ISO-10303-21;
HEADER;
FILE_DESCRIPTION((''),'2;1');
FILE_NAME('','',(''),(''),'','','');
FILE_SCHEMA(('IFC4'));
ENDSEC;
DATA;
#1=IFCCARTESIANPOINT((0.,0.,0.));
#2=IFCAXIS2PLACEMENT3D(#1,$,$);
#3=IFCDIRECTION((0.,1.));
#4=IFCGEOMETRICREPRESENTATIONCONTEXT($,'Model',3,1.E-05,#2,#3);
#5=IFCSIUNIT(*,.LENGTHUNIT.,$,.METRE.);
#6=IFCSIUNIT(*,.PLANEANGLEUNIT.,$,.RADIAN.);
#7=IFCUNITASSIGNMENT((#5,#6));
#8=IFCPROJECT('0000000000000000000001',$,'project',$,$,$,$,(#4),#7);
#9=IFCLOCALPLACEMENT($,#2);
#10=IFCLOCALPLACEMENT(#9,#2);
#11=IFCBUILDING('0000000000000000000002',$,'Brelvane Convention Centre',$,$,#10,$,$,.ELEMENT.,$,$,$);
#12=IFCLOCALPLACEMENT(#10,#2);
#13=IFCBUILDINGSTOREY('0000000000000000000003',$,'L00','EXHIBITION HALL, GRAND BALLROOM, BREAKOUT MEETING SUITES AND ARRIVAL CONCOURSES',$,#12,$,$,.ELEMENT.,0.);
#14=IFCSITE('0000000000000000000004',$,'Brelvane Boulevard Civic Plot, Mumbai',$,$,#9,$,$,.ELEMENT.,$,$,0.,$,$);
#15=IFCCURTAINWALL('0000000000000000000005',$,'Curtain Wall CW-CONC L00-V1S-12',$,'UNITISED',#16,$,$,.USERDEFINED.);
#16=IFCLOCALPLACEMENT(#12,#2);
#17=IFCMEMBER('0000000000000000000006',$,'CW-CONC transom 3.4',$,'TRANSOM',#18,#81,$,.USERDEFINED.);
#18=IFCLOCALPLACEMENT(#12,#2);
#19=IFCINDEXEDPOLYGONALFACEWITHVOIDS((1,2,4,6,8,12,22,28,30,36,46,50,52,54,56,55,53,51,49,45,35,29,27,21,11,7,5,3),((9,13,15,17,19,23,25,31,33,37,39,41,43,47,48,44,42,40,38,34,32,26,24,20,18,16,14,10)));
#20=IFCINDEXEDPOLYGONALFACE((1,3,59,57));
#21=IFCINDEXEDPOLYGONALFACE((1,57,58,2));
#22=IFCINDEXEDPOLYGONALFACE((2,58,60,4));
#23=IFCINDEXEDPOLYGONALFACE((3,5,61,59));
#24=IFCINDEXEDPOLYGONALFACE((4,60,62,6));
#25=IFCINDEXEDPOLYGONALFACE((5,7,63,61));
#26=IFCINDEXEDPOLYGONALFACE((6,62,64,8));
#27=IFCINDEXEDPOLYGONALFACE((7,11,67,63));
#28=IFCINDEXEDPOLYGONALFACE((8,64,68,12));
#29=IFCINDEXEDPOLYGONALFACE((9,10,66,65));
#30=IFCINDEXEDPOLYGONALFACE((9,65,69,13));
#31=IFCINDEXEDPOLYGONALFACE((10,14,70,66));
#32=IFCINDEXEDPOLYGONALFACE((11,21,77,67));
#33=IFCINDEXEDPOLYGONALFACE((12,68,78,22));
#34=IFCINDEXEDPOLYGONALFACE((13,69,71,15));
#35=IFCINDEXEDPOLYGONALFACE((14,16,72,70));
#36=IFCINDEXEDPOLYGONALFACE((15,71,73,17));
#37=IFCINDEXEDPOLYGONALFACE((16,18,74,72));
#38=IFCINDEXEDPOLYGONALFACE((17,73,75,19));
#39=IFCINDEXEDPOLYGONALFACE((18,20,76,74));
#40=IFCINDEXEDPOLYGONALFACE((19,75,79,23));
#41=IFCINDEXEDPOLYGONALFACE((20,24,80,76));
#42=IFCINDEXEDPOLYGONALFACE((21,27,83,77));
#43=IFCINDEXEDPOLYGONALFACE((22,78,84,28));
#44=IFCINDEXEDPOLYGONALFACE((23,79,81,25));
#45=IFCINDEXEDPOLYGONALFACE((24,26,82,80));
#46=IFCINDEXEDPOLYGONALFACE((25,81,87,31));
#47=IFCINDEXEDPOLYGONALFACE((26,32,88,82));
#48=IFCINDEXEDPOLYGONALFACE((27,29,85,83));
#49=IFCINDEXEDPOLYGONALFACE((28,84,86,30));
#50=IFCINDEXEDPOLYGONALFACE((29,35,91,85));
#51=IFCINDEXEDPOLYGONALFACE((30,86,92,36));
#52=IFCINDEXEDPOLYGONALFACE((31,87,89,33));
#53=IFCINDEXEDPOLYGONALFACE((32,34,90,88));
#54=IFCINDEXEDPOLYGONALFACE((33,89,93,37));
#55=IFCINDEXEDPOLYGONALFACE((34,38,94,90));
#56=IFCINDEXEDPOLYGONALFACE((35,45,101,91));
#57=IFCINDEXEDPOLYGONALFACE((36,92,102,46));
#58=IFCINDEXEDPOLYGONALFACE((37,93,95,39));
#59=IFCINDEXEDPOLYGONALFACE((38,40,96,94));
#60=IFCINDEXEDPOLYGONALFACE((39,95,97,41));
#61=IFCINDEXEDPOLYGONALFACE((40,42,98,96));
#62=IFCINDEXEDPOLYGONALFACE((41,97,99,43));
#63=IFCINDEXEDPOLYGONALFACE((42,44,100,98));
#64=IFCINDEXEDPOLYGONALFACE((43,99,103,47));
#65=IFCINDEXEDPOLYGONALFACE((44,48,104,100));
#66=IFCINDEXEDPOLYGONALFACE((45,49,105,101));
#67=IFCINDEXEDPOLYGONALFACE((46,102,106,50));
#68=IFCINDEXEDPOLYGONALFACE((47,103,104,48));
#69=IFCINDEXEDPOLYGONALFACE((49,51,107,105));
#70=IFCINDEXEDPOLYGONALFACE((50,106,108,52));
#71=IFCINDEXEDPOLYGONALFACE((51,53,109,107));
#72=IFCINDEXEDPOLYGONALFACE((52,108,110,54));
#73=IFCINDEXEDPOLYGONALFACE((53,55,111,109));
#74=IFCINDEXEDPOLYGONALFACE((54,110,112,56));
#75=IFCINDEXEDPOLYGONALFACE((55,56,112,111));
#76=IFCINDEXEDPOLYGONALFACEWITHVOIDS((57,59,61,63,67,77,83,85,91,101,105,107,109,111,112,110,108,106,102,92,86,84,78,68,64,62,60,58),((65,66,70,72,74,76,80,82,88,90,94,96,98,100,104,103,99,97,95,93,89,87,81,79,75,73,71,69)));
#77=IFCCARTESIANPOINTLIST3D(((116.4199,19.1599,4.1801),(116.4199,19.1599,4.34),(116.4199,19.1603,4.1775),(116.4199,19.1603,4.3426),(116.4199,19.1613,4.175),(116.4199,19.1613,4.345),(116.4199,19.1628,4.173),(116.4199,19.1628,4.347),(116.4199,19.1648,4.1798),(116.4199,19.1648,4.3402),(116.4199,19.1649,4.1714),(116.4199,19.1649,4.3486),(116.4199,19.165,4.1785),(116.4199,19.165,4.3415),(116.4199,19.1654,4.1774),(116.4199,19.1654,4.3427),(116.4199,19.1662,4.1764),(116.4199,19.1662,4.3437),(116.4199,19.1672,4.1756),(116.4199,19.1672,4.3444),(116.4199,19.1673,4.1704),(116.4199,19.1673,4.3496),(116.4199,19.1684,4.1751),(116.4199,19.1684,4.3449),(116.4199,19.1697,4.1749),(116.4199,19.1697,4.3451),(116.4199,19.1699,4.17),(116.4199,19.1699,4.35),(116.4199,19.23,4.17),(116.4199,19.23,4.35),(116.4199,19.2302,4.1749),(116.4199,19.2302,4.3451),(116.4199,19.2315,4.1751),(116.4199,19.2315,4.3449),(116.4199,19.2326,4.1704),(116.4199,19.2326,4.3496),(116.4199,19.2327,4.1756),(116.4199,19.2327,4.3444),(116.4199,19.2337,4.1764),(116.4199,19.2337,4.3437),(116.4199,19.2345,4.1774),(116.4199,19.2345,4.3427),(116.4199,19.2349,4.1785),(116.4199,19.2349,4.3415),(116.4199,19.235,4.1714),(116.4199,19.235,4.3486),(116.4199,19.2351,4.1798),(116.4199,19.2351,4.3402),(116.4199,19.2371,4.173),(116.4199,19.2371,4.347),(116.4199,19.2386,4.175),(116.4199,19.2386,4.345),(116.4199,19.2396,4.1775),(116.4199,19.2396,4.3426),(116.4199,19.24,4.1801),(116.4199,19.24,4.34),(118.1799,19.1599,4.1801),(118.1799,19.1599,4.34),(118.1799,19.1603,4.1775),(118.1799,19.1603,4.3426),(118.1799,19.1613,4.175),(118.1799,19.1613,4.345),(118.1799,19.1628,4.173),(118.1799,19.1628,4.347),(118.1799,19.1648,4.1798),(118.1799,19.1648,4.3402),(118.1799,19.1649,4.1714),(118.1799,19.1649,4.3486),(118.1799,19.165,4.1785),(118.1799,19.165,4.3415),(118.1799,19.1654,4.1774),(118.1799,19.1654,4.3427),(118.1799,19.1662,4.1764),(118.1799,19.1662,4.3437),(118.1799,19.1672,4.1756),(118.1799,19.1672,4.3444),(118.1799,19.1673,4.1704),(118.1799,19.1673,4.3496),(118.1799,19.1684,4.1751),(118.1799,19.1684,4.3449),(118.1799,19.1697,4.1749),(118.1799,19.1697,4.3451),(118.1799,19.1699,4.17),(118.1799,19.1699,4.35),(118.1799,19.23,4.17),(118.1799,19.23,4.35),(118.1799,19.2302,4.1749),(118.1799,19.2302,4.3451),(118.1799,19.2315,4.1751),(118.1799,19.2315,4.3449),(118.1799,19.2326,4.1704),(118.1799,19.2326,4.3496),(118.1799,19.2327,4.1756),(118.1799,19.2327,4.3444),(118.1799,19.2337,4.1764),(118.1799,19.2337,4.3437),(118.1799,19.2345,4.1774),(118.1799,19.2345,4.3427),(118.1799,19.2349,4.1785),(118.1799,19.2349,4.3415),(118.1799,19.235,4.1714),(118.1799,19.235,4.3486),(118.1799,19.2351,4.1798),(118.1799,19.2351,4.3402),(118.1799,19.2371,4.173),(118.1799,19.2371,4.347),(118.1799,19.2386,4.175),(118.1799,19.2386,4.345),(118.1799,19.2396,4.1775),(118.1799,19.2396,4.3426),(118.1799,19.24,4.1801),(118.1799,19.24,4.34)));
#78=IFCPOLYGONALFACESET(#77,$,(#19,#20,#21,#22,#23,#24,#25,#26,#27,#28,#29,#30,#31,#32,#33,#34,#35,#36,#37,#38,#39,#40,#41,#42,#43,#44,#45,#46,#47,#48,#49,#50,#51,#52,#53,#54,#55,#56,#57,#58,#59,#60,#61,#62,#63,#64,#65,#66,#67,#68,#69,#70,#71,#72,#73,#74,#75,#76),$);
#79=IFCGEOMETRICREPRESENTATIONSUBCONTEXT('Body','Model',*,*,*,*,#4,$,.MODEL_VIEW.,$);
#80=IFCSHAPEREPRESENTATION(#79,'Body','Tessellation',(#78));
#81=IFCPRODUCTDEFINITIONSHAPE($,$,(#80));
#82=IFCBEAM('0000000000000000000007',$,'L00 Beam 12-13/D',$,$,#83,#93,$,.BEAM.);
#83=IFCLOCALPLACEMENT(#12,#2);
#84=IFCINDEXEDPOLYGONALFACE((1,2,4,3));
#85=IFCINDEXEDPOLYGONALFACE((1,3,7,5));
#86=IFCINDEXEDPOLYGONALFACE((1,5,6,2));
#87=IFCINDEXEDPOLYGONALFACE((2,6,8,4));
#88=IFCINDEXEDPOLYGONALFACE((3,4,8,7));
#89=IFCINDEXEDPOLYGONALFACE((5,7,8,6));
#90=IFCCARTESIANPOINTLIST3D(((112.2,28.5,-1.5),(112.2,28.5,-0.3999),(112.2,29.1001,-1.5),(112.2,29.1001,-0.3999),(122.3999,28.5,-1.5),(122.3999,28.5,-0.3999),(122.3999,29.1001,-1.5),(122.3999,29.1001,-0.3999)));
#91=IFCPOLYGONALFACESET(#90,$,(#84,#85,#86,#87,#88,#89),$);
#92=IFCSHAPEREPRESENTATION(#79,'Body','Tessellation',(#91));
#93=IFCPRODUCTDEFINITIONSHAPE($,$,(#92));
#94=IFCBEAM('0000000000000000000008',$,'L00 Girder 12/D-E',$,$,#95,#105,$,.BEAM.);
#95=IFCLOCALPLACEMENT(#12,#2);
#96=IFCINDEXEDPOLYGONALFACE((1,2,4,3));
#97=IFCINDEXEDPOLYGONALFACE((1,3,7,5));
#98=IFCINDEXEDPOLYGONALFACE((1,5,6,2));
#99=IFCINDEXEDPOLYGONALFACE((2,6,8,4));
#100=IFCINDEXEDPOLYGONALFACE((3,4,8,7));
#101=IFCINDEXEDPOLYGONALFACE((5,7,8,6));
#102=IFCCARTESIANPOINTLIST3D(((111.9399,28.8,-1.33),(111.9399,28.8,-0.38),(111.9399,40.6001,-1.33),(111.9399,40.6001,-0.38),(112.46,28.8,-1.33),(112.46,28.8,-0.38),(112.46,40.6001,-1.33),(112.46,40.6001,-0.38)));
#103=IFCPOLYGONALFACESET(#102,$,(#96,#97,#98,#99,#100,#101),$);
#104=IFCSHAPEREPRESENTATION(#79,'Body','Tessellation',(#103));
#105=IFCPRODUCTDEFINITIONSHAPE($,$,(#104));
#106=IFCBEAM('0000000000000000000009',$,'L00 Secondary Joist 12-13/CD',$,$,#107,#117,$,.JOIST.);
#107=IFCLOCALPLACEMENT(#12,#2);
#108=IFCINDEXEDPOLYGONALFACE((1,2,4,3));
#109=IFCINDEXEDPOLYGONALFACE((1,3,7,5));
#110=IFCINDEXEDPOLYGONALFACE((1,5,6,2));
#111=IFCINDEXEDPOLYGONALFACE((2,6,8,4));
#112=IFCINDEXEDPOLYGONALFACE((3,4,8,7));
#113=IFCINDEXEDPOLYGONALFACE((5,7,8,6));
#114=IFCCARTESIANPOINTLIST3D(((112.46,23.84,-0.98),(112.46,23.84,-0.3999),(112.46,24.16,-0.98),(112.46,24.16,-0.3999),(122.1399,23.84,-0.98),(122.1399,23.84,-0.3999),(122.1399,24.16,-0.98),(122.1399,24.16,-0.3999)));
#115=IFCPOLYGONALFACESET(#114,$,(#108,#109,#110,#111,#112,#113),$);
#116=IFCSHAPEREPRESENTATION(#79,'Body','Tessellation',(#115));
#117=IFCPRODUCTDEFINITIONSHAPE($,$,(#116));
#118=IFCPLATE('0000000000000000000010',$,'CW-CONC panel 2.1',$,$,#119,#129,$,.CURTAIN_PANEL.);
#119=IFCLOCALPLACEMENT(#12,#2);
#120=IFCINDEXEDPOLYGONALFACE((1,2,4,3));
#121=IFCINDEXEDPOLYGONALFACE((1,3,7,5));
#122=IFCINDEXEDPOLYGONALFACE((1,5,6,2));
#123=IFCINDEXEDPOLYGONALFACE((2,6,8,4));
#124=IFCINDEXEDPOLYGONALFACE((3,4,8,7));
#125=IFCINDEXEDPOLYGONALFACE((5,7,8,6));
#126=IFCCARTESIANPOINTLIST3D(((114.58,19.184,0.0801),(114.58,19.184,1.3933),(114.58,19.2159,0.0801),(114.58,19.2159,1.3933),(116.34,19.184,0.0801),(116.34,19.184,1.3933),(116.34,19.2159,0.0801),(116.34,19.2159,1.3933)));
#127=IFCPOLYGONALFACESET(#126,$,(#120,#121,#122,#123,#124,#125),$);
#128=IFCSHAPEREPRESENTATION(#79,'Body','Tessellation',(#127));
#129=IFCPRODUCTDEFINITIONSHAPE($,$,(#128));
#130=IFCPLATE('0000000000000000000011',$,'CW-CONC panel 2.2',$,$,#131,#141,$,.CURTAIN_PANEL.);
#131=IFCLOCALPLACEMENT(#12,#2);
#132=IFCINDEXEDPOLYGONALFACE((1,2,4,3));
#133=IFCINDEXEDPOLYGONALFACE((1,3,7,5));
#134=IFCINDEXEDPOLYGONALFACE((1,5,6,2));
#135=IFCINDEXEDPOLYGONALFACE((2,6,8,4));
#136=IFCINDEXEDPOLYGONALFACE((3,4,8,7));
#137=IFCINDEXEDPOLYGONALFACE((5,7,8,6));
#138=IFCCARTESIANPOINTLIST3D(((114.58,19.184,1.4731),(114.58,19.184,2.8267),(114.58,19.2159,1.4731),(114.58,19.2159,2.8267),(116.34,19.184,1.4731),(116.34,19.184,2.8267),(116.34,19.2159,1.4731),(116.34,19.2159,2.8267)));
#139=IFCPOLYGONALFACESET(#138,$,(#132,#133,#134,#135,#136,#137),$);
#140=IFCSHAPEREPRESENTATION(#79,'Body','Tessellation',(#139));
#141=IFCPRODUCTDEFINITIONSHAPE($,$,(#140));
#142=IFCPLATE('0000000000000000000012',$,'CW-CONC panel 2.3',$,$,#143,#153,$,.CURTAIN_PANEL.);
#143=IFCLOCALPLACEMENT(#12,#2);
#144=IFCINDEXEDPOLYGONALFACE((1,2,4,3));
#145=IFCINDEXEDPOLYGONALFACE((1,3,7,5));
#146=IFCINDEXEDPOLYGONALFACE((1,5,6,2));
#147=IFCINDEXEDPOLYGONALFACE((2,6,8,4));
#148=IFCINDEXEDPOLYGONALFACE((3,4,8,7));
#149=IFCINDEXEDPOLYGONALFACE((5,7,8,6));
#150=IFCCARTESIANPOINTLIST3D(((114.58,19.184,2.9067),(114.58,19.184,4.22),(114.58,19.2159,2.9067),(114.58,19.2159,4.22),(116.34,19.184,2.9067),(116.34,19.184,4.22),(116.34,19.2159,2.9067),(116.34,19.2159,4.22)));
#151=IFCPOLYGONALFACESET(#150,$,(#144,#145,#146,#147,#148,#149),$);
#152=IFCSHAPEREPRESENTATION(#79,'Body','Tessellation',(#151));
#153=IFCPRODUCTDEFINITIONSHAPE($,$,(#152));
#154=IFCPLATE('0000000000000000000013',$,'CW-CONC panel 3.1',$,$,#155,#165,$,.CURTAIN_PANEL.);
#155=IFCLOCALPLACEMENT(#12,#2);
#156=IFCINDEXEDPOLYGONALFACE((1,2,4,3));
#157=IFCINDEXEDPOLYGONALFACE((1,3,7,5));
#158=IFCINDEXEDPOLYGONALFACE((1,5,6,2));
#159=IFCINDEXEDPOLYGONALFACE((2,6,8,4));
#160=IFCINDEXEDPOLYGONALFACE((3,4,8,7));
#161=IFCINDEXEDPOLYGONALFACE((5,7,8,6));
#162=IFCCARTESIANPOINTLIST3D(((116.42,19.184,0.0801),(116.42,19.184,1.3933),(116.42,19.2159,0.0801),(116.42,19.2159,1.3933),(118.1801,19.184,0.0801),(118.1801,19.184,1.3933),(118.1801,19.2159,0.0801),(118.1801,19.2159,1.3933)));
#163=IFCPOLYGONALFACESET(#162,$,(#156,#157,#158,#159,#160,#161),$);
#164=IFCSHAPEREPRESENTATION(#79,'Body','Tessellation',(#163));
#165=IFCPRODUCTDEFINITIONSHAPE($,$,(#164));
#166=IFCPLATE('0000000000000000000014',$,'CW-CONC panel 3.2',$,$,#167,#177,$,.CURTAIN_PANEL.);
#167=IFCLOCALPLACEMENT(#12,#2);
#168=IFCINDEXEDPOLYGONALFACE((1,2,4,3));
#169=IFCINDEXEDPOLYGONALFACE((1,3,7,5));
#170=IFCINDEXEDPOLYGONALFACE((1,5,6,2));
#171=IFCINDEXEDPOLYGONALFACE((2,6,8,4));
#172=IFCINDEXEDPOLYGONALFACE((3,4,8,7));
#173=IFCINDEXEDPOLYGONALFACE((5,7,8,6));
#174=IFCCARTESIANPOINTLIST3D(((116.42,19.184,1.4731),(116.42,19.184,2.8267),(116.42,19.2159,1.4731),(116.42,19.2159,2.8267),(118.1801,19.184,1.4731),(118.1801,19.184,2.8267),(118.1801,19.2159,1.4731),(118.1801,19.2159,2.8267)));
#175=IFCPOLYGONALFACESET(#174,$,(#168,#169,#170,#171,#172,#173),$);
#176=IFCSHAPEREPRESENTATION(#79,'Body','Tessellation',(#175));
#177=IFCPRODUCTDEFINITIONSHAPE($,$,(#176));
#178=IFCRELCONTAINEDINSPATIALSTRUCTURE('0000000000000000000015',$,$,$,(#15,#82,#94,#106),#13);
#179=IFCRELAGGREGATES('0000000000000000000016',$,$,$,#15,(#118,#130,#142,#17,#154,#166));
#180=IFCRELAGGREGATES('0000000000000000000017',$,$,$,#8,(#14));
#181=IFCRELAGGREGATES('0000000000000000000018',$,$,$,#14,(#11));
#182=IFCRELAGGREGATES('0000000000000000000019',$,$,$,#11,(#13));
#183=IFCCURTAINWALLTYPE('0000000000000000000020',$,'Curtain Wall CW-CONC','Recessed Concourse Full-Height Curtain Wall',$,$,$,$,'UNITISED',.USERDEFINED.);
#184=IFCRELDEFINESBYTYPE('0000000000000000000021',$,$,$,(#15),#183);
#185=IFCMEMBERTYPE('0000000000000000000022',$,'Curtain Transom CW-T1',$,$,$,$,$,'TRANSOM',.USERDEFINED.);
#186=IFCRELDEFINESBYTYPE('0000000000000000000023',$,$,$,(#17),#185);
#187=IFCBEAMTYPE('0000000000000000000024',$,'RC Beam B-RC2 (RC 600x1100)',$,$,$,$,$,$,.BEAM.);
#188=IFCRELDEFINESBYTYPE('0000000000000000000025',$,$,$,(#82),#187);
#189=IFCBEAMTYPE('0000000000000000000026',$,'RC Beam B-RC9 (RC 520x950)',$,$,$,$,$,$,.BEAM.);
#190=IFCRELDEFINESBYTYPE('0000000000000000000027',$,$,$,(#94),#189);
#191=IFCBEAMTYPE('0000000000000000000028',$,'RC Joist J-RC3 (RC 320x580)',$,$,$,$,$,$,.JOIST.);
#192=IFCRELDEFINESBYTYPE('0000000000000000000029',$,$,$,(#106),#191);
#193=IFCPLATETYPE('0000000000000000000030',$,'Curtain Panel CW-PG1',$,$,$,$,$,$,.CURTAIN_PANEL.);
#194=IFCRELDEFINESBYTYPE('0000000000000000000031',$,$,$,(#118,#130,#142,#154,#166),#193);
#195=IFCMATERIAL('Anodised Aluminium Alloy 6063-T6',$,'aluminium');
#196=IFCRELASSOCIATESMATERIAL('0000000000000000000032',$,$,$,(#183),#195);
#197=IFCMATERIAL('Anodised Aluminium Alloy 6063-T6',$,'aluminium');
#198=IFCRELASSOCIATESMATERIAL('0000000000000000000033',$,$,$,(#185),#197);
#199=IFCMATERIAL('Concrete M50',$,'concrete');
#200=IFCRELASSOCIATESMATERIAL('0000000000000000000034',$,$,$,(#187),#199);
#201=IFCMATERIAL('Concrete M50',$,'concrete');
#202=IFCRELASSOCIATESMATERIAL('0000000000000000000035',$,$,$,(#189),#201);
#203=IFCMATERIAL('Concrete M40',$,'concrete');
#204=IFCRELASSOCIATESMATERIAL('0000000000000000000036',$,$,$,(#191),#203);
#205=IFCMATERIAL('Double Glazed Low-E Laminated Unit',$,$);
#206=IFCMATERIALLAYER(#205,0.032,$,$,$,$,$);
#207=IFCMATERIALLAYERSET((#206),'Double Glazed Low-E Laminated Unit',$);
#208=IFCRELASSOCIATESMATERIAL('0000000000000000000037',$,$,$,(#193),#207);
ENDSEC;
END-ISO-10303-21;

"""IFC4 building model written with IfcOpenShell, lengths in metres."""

from ifc_helpers import new_model, si_unit, direction, frame, origin, origin_2d, place, context, subcontext, project, spatial, rectangle, hollow_rectangle, extrude, material, layer, layer_set, material_profile, profile_set, type_object, element, aggregate, save


model = new_model("IFC4")

# Units and contexts
model_context = context("Model", 3, precision=1e-05, world=origin(), true_north=direction((0.0, 1.0)))
body_context = subcontext(model_context, "Body", "Model", "MODEL_VIEW")
ifc_project = project(units=[si_unit("LENGTHUNIT", "METRE"), si_unit("PLANEANGLEUNIT", "RADIAN")], contexts=[model_context])

# Site, building, storey
site_placement = place(None, origin())
site = spatial("IfcSite", under=ifc_project, at=site_placement, Name="Brelvane Boulevard Civic Plot, Mumbai", CompositionType="ELEMENT", RefElevation=0.0)
building_placement = place(site_placement, origin())
building = spatial("IfcBuilding", under=site, at=building_placement, Name="Brelvane Convention Centre", CompositionType="ELEMENT")
storey_placement = place(building_placement, origin())
storey = spatial("IfcBuildingStorey", under=building, at=storey_placement, Name="L00", Description="EXHIBITION HALL, GRAND BALLROOM, BREAKOUT MEETING SUITES AND ARRIVAL CONCOURSES", CompositionType="ELEMENT", Elevation=0.0)

# Curtain wall, member
ifc_material_1 = material(Name="Anodised Aluminium Alloy 6063-T6", Category="aluminium")
curtain_wall_type = type_object("IfcCurtainWallType", Name="Curtain Wall CW-CONC", Description="Recessed Concourse Full-Height Curtain Wall", ElementType="UNITISED", PredefinedType="USERDEFINED", material=ifc_material_1)
curtain_wall_placement = place(storey_placement, origin())
curtain_wall = element("IfcCurtainWall", 1, at=curtain_wall_placement, inside=storey, type_object=curtain_wall_type, Name="Curtain Wall CW-CONC L00-V1S-12", ObjectType="UNITISED", PredefinedType="USERDEFINED")
ifc_material_2 = material(Name="Anodised Aluminium Alloy 6063-T6", Category="aluminium")
ifc_material_profile_1 = material_profile(ifc_material_2, hollow_rectangle(XDim=0.0801, YDim=0.1799, WallThickness=0.0049, InnerFilletRadius=0.0049, OuterFilletRadius=0.01, at=origin_2d()), Name="ALU-T 180x80x5.0")
ifc_profile_set_1 = profile_set([ifc_material_profile_1], Name="Anodised Aluminium Alloy 6063-T6")
member_type_1 = type_object("IfcMemberType", Name="Curtain Transom CW-T1", ElementType="TRANSOM", PredefinedType="USERDEFINED", material=ifc_profile_set_1)
member_1_placement = place(storey_placement, frame((116.4199, 19.2, 4.26), z_axis=(1.0, 0.0, 0.0), x_axis=(0.0, 1.0, 0.0)))
member_1 = element("IfcMember", 2, at=member_1_placement, type_object=member_type_1, Name="CW-CONC transom 3.4", ObjectType="TRANSOM", PredefinedType="USERDEFINED", context=body_context, shape_type="SweptSolid", body=[
    extrude(hollow_rectangle(XDim=0.0801, YDim=0.1799, WallThickness=0.0049, InnerFilletRadius=0.0049, OuterFilletRadius=0.01, at=origin_2d()), origin(), (0.0, 0.0, 1.0), 1.76),
])

# Beams
ifc_material_3 = material(Name="Concrete M50", Category="concrete")
ifc_material_profile_2 = material_profile(ifc_material_3, rectangle(XDim=0.6001, YDim=1.1001, at=origin_2d()), Name="RC 600x1100")
ifc_profile_set_2 = profile_set([ifc_material_profile_2], Name="Concrete M50")
beam_type_1 = type_object("IfcBeamType", Name="RC Beam B-RC2 (RC 600x1100)", PredefinedType="BEAM", material=ifc_profile_set_2)
beam_1_placement = place(storey_placement, frame((112.2, 28.8, -0.95), z_axis=(1.0, 0.0, 0.0), x_axis=(0.0, 1.0, 0.0)))
element("IfcBeam", 3, at=beam_1_placement, inside=storey, type_object=beam_type_1, Name="L00 Beam 12-13/D", PredefinedType="BEAM", context=body_context, shape_type="SweptSolid", body=[
    extrude(rectangle(XDim=0.6001, YDim=1.1001, at=origin_2d()), origin(), (0.0, 0.0, 1.0), 10.2),
])
ifc_material_4 = material(Name="Concrete M50", Category="concrete")
ifc_material_profile_3 = material_profile(ifc_material_4, rectangle(XDim=0.52, YDim=0.95, at=origin_2d()), Name="RC 520x950")
ifc_profile_set_3 = profile_set([ifc_material_profile_3], Name="Concrete M50")
beam_type_2 = type_object("IfcBeamType", Name="RC Beam B-RC9 (RC 520x950)", PredefinedType="BEAM", material=ifc_profile_set_3)
beam_2_placement = place(storey_placement, frame((112.2, 28.8, -0.855), z_axis=(0.0, 1.0, 0.0), x_axis=(-1.0, 0.0, 0.0)))
element("IfcBeam", 4, at=beam_2_placement, inside=storey, type_object=beam_type_2, Name="L00 Girder 12/D-E", PredefinedType="BEAM", context=body_context, shape_type="SweptSolid", body=[
    extrude(rectangle(XDim=0.52, YDim=0.95, at=origin_2d()), origin(), (0.0, 0.0, 1.0), 11.8),
])
ifc_material_5 = material(Name="Concrete M40", Category="concrete")
ifc_material_profile_4 = material_profile(ifc_material_5, rectangle(XDim=0.3201, YDim=0.5801, at=origin_2d()), Name="RC 320x580")
ifc_profile_set_4 = profile_set([ifc_material_profile_4], Name="Concrete M40")
beam_type_3 = type_object("IfcBeamType", Name="RC Joist J-RC3 (RC 320x580)", PredefinedType="JOIST", material=ifc_profile_set_4)
beam_3_placement = place(storey_placement, frame((112.46, 24.0, -0.6899), z_axis=(1.0, 0.0, 0.0), x_axis=(0.0, 1.0, 0.0)))
element("IfcBeam", 5, at=beam_3_placement, inside=storey, type_object=beam_type_3, Name="L00 Secondary Joist 12-13/CD", PredefinedType="JOIST", context=body_context, shape_type="SweptSolid", body=[
    extrude(rectangle(XDim=0.3201, YDim=0.5801, at=origin_2d()), origin(), (0.0, 0.0, 1.0), 9.6799),
])

# Plates
ifc_material_6 = material(Name="Double Glazed Low-E Laminated Unit")
ifc_layer_1 = layer(ifc_material_6, 0.032)
ifc_layer_set_1 = layer_set([ifc_layer_1], Name="Double Glazed Low-E Laminated Unit")
plate_type = type_object("IfcPlateType", Name="Curtain Panel CW-PG1", PredefinedType="CURTAIN_PANEL", material=ifc_layer_set_1)
plate_1_placement = place(storey_placement, frame((115.46, 19.2, 0.0801), z_axis=(0.0, 0.0, 1.0), x_axis=(1.0, 0.0, 0.0)))
plate_1 = element("IfcPlate", 6, at=plate_1_placement, type_object=plate_type, Name="CW-CONC panel 2.1", PredefinedType="CURTAIN_PANEL", context=body_context, shape_type="SweptSolid", body=[
    extrude(rectangle(XDim=1.76, YDim=0.032, at=origin_2d()), origin(), (0.0, 0.0, 1.0), 1.3132),
])
plate_2_placement = place(storey_placement, frame((115.46, 19.2, 1.4731), z_axis=(0.0, 0.0, 1.0), x_axis=(1.0, 0.0, 0.0)))
plate_2 = element("IfcPlate", 7, at=plate_2_placement, type_object=plate_type, Name="CW-CONC panel 2.2", PredefinedType="CURTAIN_PANEL", context=body_context, shape_type="SweptSolid", body=[
    extrude(rectangle(XDim=1.76, YDim=0.032, at=origin_2d()), origin(), (0.0, 0.0, 1.0), 1.3535),
])
plate_3_placement = place(storey_placement, frame((115.46, 19.2, 2.9067), z_axis=(0.0, 0.0, 1.0), x_axis=(1.0, 0.0, 0.0)))
plate_3 = element("IfcPlate", 8, at=plate_3_placement, type_object=plate_type, Name="CW-CONC panel 2.3", PredefinedType="CURTAIN_PANEL", context=body_context, shape_type="SweptSolid", body=[
    extrude(rectangle(XDim=1.76, YDim=0.032, at=origin_2d()), origin(), (0.0, 0.0, 1.0), 1.3132),
])
plate_4_placement = place(storey_placement, frame((117.3, 19.2, 0.0801), z_axis=(0.0, 0.0, 1.0), x_axis=(1.0, 0.0, 0.0)))
plate_4 = element("IfcPlate", 9, at=plate_4_placement, type_object=plate_type, Name="CW-CONC panel 3.1", PredefinedType="CURTAIN_PANEL", context=body_context, shape_type="SweptSolid", body=[
    extrude(rectangle(XDim=1.76, YDim=0.032, at=origin_2d()), origin(), (0.0, 0.0, 1.0), 1.3132),
])
plate_5_placement = place(storey_placement, frame((117.3, 19.2, 1.4731), z_axis=(0.0, 0.0, 1.0), x_axis=(1.0, 0.0, 0.0)))
plate_5 = element("IfcPlate", 10, at=plate_5_placement, type_object=plate_type, Name="CW-CONC panel 3.2", PredefinedType="CURTAIN_PANEL", context=body_context, shape_type="SweptSolid", body=[
    extrude(rectangle(XDim=1.76, YDim=0.032, at=origin_2d()), origin(), (0.0, 0.0, 1.0), 1.3535),
])
aggregate(curtain_wall, [plate_1, plate_2, plate_3, member_1, plate_4, plate_5])

save(model, "model.ifc")
